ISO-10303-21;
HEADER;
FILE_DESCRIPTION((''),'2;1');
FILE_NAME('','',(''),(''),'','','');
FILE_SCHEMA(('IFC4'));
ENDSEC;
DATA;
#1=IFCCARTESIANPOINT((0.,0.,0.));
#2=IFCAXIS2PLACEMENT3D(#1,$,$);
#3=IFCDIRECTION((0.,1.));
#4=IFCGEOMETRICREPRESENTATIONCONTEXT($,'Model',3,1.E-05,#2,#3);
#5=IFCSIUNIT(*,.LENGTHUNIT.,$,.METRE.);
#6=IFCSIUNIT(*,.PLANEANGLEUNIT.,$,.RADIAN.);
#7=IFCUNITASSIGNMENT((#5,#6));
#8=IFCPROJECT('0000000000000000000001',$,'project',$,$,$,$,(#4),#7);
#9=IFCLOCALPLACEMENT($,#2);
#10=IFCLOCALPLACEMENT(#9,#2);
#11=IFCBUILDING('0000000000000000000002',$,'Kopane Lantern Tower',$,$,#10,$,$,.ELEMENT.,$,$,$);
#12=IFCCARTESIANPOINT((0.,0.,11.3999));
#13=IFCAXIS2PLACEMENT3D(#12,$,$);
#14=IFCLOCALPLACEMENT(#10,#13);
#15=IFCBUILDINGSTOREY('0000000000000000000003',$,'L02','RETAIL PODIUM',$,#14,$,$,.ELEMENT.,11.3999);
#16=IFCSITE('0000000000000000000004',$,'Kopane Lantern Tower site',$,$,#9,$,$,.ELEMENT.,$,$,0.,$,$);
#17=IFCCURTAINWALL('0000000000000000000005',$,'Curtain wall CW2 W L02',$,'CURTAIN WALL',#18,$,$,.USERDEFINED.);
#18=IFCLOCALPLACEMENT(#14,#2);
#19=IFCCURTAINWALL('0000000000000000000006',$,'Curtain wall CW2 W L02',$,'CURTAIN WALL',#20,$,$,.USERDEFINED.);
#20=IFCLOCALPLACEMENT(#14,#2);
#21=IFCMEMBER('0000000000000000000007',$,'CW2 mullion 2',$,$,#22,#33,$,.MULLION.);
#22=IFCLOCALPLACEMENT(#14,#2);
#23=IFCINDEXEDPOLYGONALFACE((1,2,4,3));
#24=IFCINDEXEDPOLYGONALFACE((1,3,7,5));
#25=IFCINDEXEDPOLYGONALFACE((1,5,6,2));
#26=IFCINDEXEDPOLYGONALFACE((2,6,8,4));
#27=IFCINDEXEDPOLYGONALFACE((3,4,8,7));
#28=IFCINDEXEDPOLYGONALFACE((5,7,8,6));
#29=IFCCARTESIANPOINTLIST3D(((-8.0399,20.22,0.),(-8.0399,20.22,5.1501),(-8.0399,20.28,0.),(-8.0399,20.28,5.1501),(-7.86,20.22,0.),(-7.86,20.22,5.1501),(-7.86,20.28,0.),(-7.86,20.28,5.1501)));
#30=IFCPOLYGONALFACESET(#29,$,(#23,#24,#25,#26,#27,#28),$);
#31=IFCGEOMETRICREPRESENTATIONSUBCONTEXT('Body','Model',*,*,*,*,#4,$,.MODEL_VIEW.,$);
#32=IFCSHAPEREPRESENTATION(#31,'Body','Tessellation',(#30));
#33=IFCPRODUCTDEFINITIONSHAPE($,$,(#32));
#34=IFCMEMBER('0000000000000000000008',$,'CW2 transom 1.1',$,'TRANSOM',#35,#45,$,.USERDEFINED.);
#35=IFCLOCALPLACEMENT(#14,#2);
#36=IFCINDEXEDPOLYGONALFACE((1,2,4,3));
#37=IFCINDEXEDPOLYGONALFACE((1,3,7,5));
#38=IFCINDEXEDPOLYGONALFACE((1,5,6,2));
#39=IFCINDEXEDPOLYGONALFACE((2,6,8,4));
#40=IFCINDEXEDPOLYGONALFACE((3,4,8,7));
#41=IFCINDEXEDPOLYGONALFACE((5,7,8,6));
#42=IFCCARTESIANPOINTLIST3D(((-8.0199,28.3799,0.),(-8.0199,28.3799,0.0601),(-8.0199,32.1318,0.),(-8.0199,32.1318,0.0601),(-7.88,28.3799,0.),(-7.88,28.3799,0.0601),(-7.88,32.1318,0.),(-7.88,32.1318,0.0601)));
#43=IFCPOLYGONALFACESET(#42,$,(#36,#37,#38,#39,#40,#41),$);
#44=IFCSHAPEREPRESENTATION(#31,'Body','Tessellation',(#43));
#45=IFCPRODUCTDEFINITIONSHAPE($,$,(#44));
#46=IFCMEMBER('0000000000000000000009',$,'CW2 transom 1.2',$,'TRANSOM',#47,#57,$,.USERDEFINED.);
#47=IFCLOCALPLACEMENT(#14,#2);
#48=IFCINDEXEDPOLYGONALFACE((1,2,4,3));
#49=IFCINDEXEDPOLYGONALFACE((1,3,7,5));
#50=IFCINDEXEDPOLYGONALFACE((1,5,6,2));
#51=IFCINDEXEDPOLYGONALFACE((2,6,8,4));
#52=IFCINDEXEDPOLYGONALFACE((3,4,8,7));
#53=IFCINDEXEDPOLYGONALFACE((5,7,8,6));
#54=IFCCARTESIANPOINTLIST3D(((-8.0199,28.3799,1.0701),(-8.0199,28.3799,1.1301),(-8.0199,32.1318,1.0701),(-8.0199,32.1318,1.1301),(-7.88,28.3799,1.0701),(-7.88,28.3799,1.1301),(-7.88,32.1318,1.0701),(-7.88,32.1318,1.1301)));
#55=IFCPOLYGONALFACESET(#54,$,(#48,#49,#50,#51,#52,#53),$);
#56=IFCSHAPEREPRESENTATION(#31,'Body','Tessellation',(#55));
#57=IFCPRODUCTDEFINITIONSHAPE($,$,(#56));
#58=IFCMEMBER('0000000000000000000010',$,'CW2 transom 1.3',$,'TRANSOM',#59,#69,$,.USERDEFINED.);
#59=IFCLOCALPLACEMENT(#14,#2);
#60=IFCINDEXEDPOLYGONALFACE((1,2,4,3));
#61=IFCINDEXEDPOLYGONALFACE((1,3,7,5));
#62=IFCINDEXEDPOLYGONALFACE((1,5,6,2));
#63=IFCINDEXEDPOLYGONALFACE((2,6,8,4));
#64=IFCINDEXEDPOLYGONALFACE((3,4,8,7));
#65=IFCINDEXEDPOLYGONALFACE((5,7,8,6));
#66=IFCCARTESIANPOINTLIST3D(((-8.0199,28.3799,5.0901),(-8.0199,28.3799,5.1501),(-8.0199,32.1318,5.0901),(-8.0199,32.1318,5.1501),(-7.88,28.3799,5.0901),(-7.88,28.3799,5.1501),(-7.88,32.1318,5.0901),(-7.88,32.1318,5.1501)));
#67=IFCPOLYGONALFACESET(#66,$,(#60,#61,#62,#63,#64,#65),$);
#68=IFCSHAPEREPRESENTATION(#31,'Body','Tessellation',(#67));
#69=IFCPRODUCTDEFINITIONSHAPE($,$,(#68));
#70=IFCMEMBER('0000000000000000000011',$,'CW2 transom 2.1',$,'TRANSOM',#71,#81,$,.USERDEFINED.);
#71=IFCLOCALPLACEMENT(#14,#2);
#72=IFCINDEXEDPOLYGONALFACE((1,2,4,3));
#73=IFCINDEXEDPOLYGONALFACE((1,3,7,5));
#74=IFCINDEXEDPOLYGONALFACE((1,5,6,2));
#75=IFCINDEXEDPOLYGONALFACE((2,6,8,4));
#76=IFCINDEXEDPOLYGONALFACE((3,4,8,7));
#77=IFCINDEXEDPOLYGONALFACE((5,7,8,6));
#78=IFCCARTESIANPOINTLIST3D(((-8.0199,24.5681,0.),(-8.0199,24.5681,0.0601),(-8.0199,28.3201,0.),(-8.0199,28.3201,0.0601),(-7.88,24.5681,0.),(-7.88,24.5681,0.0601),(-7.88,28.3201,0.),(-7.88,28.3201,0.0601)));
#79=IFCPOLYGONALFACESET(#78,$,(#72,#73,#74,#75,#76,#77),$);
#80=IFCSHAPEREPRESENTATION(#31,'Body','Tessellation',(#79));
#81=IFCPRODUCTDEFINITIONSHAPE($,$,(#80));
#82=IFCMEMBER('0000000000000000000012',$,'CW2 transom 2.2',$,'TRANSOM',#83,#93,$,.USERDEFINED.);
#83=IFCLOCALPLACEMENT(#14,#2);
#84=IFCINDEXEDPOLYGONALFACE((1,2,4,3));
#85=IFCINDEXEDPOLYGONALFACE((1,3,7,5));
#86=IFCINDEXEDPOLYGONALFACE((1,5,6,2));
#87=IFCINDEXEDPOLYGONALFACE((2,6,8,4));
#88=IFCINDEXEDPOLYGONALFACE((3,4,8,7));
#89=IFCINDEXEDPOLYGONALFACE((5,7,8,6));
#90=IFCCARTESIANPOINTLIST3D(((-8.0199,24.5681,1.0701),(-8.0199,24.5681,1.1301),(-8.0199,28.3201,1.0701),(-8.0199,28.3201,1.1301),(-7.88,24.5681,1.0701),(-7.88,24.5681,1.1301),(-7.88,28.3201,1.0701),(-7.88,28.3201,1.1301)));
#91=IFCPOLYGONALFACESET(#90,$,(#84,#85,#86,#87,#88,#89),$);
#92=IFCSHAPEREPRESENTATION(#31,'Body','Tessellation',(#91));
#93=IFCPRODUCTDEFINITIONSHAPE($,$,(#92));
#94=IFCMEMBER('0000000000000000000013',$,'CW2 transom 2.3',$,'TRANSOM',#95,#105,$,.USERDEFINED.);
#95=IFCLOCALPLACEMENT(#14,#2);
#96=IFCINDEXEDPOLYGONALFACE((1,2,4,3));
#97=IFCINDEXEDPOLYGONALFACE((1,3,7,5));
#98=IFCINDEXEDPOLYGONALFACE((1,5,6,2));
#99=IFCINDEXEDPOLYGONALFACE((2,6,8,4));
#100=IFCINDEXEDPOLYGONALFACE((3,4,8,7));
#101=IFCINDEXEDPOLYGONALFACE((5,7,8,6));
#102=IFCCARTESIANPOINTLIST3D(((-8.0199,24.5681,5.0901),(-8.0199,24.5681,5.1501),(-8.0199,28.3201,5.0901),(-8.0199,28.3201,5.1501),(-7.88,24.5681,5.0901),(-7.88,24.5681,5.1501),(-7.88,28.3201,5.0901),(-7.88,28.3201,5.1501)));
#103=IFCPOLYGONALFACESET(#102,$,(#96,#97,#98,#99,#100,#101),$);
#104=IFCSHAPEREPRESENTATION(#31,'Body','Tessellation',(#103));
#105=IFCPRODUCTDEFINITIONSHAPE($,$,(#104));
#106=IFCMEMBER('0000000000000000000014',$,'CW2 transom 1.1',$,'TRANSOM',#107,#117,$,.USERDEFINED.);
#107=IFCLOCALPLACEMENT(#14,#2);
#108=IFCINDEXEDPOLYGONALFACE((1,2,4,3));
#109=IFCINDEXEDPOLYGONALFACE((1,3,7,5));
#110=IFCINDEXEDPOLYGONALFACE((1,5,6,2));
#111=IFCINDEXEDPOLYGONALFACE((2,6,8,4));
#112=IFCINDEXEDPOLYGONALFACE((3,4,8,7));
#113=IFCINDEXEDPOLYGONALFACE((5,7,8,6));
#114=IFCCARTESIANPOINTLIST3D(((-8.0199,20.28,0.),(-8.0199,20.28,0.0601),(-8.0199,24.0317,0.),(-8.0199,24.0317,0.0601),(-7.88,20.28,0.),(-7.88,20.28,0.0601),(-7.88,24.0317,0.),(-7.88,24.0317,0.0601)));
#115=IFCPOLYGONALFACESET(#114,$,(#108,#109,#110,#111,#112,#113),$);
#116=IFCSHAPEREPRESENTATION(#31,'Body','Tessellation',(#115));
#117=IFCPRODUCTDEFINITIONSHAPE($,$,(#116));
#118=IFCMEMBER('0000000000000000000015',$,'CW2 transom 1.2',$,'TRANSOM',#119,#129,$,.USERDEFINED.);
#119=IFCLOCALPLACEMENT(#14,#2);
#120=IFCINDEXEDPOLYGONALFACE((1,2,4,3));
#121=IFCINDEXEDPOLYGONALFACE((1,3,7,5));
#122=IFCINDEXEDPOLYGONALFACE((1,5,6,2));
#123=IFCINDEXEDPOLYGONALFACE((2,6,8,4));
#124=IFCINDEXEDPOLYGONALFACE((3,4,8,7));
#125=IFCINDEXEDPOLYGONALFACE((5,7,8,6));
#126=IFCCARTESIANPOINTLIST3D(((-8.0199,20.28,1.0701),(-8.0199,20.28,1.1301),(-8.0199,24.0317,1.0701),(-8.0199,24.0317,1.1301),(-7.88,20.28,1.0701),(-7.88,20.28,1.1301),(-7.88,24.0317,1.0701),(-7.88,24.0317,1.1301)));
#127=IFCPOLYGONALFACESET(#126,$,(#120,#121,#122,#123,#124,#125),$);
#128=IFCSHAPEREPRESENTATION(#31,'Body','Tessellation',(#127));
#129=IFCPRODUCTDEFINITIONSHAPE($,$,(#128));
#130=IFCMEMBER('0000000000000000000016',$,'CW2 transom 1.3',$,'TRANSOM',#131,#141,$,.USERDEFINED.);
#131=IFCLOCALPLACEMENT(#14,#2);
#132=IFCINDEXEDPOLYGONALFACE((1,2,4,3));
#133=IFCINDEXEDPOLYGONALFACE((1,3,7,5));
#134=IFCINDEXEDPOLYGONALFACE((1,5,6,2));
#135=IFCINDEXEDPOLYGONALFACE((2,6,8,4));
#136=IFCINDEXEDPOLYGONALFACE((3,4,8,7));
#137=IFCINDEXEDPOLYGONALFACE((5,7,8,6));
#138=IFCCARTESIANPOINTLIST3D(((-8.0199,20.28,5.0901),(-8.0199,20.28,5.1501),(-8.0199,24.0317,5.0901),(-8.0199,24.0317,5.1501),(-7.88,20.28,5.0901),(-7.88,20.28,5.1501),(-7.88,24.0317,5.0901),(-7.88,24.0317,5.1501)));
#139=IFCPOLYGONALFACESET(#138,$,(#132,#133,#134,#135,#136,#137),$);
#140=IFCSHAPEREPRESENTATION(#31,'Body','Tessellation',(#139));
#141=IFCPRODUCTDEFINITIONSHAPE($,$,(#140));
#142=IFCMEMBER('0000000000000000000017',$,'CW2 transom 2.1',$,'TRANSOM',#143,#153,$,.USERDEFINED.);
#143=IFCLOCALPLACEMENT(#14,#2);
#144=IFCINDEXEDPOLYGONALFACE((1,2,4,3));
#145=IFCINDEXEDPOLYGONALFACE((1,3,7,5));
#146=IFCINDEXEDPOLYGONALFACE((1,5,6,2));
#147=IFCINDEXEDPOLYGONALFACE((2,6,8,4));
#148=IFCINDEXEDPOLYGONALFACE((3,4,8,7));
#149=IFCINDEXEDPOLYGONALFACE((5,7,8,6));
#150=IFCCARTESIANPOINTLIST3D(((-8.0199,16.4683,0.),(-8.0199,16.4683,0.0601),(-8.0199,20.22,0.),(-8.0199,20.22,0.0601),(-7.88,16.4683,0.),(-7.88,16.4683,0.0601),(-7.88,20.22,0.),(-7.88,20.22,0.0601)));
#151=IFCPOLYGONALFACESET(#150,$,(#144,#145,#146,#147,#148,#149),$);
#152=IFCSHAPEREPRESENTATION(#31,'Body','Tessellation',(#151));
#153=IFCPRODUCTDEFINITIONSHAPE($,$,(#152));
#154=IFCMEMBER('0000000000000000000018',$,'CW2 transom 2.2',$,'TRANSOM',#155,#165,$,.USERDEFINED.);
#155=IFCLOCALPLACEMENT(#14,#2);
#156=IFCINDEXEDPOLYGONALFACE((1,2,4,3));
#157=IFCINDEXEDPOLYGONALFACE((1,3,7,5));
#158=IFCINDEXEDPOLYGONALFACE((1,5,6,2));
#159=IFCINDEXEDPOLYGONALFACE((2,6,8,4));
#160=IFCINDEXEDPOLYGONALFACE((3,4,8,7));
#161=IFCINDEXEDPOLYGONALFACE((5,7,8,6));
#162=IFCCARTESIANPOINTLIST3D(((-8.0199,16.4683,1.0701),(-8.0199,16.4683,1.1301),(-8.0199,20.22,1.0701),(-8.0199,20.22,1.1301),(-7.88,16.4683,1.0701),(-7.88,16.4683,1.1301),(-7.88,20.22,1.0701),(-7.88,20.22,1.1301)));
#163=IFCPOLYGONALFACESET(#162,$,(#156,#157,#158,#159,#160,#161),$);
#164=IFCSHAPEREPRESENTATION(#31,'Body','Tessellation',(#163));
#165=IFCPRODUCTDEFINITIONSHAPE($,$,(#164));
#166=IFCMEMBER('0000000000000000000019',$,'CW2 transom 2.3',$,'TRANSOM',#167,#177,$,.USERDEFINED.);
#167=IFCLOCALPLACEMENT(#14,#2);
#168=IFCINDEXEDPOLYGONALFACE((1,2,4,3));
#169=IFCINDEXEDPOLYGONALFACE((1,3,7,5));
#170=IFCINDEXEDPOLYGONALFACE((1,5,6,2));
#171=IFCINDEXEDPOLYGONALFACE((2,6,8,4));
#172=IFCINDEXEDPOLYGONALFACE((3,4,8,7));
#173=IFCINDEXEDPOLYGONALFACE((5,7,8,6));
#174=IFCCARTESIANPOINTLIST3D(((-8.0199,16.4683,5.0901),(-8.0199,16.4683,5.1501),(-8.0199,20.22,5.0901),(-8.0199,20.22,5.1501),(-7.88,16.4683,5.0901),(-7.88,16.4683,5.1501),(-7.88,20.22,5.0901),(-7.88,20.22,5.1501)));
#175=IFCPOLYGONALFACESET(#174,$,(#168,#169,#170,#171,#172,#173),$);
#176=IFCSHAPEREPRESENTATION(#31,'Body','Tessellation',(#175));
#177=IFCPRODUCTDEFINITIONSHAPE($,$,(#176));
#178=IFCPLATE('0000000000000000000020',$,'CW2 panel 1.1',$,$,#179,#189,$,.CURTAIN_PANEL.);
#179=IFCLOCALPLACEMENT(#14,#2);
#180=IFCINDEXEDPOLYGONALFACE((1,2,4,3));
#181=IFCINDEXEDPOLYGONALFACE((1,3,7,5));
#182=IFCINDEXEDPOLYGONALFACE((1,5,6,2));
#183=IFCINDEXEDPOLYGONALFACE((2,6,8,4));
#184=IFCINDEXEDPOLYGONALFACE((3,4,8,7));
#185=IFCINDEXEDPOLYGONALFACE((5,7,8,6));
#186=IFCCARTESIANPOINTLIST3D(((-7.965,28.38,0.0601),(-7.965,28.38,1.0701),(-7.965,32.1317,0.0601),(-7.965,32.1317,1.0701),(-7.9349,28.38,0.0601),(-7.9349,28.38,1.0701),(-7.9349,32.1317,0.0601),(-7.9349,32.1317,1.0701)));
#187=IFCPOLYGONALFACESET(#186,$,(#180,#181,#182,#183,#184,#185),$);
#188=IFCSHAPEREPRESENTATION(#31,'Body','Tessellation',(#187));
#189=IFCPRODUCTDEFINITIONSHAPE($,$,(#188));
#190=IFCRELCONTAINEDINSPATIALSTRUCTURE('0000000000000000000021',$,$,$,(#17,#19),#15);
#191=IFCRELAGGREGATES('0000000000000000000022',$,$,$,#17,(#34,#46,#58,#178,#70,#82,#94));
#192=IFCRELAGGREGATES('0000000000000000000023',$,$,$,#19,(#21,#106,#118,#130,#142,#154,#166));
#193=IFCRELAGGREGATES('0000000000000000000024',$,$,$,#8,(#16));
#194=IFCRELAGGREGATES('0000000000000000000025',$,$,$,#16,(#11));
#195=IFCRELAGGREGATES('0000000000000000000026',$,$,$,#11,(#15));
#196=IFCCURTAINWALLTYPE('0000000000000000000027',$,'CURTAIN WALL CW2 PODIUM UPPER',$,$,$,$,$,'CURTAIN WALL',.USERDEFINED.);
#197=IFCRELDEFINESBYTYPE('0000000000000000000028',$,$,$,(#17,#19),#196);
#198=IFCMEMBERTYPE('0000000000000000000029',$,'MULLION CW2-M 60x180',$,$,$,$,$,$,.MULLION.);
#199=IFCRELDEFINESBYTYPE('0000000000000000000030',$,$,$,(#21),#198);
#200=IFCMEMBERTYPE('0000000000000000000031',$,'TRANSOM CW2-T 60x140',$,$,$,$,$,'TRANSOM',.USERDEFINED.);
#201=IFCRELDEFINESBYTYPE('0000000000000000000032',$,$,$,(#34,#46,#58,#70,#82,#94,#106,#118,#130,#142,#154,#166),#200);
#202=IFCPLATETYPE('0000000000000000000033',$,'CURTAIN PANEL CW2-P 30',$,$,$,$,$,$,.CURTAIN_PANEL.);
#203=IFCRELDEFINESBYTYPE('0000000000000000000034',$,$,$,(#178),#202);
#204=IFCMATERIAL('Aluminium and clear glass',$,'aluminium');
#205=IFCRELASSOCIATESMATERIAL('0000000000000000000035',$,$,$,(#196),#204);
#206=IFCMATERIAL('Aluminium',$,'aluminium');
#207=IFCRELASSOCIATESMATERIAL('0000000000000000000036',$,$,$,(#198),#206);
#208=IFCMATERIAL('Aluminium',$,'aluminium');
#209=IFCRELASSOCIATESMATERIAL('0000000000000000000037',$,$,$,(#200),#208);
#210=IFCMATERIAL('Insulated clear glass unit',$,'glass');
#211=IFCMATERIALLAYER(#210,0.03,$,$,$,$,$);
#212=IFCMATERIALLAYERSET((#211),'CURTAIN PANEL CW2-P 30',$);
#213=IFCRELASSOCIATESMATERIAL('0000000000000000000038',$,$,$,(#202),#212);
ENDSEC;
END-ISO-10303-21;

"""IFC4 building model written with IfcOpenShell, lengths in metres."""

from ifc_helpers import new_model, si_unit, direction, frame, origin, origin_2d, place, context, subcontext, project, spatial, rectangle, extrude, material, layer, layer_set, material_profile, profile_set, type_object, element, aggregate, save


model = new_model("IFC4")

# Units and contexts
model_context = context("Model", 3, precision=1e-05, world=origin(), true_north=direction((0.0, 1.0)))
body_context = subcontext(model_context, "Body", "Model", "MODEL_VIEW")
ifc_project = project(units=[si_unit("LENGTHUNIT", "METRE"), si_unit("PLANEANGLEUNIT", "RADIAN")], contexts=[model_context])

# Site, building, storey
site_placement = place(None, origin())
site = spatial("IfcSite", under=ifc_project, at=site_placement, Name="Kopane Lantern Tower site", CompositionType="ELEMENT", RefElevation=0.0)
building_placement = place(site_placement, origin())
building = spatial("IfcBuilding", under=site, at=building_placement, Name="Kopane Lantern Tower", CompositionType="ELEMENT")
storey_placement = place(building_placement, frame((0.0, 0.0, 11.3999)))
storey = spatial("IfcBuildingStorey", under=building, at=storey_placement, Name="L02", Description="RETAIL PODIUM", CompositionType="ELEMENT", Elevation=11.3999)

# Curtain walls, member
ifc_material_1 = material(Name="Aluminium and clear glass", Category="aluminium")
curtain_wall_type = type_object("IfcCurtainWallType", Name="CURTAIN WALL CW2 PODIUM UPPER", ElementType="CURTAIN WALL", PredefinedType="USERDEFINED", material=ifc_material_1)
curtain_wall_1_placement = place(storey_placement, origin())
curtain_wall_1 = element("IfcCurtainWall", 1, at=curtain_wall_1_placement, inside=storey, type_object=curtain_wall_type, Name="Curtain wall CW2 W L02", ObjectType="CURTAIN WALL", PredefinedType="USERDEFINED")
ifc_material_2 = material(Name="Aluminium", Category="aluminium")
ifc_material_profile_1 = material_profile(ifc_material_2, rectangle(XDim=0.0601, YDim=0.1799, at=origin_2d()), Name="AL 60x180")
ifc_profile_set_1 = profile_set([ifc_material_profile_1], Name="Aluminium")
member_type_1 = type_object("IfcMemberType", Name="MULLION CW2-M 60x180", PredefinedType="MULLION", material=ifc_profile_set_1)
curtain_wall_2_placement = place(storey_placement, origin())
curtain_wall_2 = element("IfcCurtainWall", 2, at=curtain_wall_2_placement, inside=storey, type_object=curtain_wall_type, Name="Curtain wall CW2 W L02", ObjectType="CURTAIN WALL", PredefinedType="USERDEFINED")
member_1_placement = place(storey_placement, frame((-7.95, 20.25, 0.0), z_axis=(0.0, 0.0, 1.0), x_axis=(0.0, -1.0, 0.0)))
member_1 = element("IfcMember", 3, at=member_1_placement, type_object=member_type_1, Name="CW2 mullion 2", PredefinedType="MULLION", context=body_context, shape_type="SweptSolid", body=[
    extrude(rectangle(XDim=0.0601, YDim=0.1799, at=origin_2d()), origin(), (0.0, 0.0, 1.0), 5.1501),
])

# Members
ifc_material_3 = material(Name="Aluminium", Category="aluminium")
ifc_material_profile_2 = material_profile(ifc_material_3, rectangle(XDim=0.1399, YDim=0.0601, at=origin_2d()), Name="AL 140x60")
ifc_profile_set_2 = profile_set([ifc_material_profile_2], Name="Aluminium")
member_type_2 = type_object("IfcMemberType", Name="TRANSOM CW2-T 60x140", ElementType="TRANSOM", PredefinedType="USERDEFINED", material=ifc_profile_set_2)
member_2_placement = place(storey_placement, frame((-7.95, 32.1318, 0.03), z_axis=(0.0, -1.0, 0.0), x_axis=(1.0, 0.0, 0.0)))
member_2 = element("IfcMember", 4, at=member_2_placement, type_object=member_type_2, Name="CW2 transom 1.1", ObjectType="TRANSOM", PredefinedType="USERDEFINED", context=body_context, shape_type="SweptSolid", body=[
    extrude(rectangle(XDim=0.1399, YDim=0.0601, at=origin_2d()), origin(), (0.0, 0.0, 1.0), 3.752),
])
member_3_placement = place(storey_placement, frame((-7.95, 32.1318, 1.1001), z_axis=(0.0, -1.0, 0.0), x_axis=(1.0, 0.0, 0.0)))
member_3 = element("IfcMember", 5, at=member_3_placement, type_object=member_type_2, Name="CW2 transom 1.2", ObjectType="TRANSOM", PredefinedType="USERDEFINED", context=body_context, shape_type="SweptSolid", body=[
    extrude(rectangle(XDim=0.1399, YDim=0.0601, at=origin_2d()), origin(), (0.0, 0.0, 1.0), 3.752),
])
member_4_placement = place(storey_placement, frame((-7.95, 32.1318, 5.1201), z_axis=(0.0, -1.0, 0.0), x_axis=(1.0, 0.0, 0.0)))
member_4 = element("IfcMember", 6, at=member_4_placement, type_object=member_type_2, Name="CW2 transom 1.3", ObjectType="TRANSOM", PredefinedType="USERDEFINED", context=body_context, shape_type="SweptSolid", body=[
    extrude(rectangle(XDim=0.1399, YDim=0.0601, at=origin_2d()), origin(), (0.0, 0.0, 1.0), 3.752),
])
member_5_placement = place(storey_placement, frame((-7.95, 28.3201, 0.03), z_axis=(0.0, -1.0, 0.0), x_axis=(1.0, 0.0, 0.0)))
member_5 = element("IfcMember", 7, at=member_5_placement, type_object=member_type_2, Name="CW2 transom 2.1", ObjectType="TRANSOM", PredefinedType="USERDEFINED", context=body_context, shape_type="SweptSolid", body=[
    extrude(rectangle(XDim=0.1399, YDim=0.0601, at=origin_2d()), origin(), (0.0, 0.0, 1.0), 3.752),
])
member_6_placement = place(storey_placement, frame((-7.95, 28.3201, 1.1001), z_axis=(0.0, -1.0, 0.0), x_axis=(1.0, 0.0, 0.0)))
member_6 = element("IfcMember", 8, at=member_6_placement, type_object=member_type_2, Name="CW2 transom 2.2", ObjectType="TRANSOM", PredefinedType="USERDEFINED", context=body_context, shape_type="SweptSolid", body=[
    extrude(rectangle(XDim=0.1399, YDim=0.0601, at=origin_2d()), origin(), (0.0, 0.0, 1.0), 3.752),
])
member_7_placement = place(storey_placement, frame((-7.95, 28.3201, 5.1201), z_axis=(0.0, -1.0, 0.0), x_axis=(1.0, 0.0, 0.0)))
member_7 = element("IfcMember", 9, at=member_7_placement, type_object=member_type_2, Name="CW2 transom 2.3", ObjectType="TRANSOM", PredefinedType="USERDEFINED", context=body_context, shape_type="SweptSolid", body=[
    extrude(rectangle(XDim=0.1399, YDim=0.0601, at=origin_2d()), origin(), (0.0, 0.0, 1.0), 3.752),
])
member_8_placement = place(storey_placement, frame((-7.95, 24.0317, 0.03), z_axis=(0.0, -1.0, 0.0), x_axis=(1.0, 0.0, 0.0)))
member_8 = element("IfcMember", 10, at=member_8_placement, type_object=member_type_2, Name="CW2 transom 1.1", ObjectType="TRANSOM", PredefinedType="USERDEFINED", context=body_context, shape_type="SweptSolid", body=[
    extrude(rectangle(XDim=0.1399, YDim=0.0601, at=origin_2d()), origin(), (0.0, 0.0, 1.0), 3.7517),
])
member_9_placement = place(storey_placement, frame((-7.95, 24.0317, 1.1001), z_axis=(0.0, -1.0, 0.0), x_axis=(1.0, 0.0, 0.0)))
member_9 = element("IfcMember", 11, at=member_9_placement, type_object=member_type_2, Name="CW2 transom 1.2", ObjectType="TRANSOM", PredefinedType="USERDEFINED", context=body_context, shape_type="SweptSolid", body=[
    extrude(rectangle(XDim=0.1399, YDim=0.0601, at=origin_2d()), origin(), (0.0, 0.0, 1.0), 3.7517),
])
member_10_placement = place(storey_placement, frame((-7.95, 24.0317, 5.1201), z_axis=(0.0, -1.0, 0.0), x_axis=(1.0, 0.0, 0.0)))
member_10 = element("IfcMember", 12, at=member_10_placement, type_object=member_type_2, Name="CW2 transom 1.3", ObjectType="TRANSOM", PredefinedType="USERDEFINED", context=body_context, shape_type="SweptSolid", body=[
    extrude(rectangle(XDim=0.1399, YDim=0.0601, at=origin_2d()), origin(), (0.0, 0.0, 1.0), 3.7517),
])
member_11_placement = place(storey_placement, frame((-7.95, 20.22, 0.03), z_axis=(0.0, -1.0, 0.0), x_axis=(1.0, 0.0, 0.0)))
member_11 = element("IfcMember", 13, at=member_11_placement, type_object=member_type_2, Name="CW2 transom 2.1", ObjectType="TRANSOM", PredefinedType="USERDEFINED", context=body_context, shape_type="SweptSolid", body=[
    extrude(rectangle(XDim=0.1399, YDim=0.0601, at=origin_2d()), origin(), (0.0, 0.0, 1.0), 3.7517),
])
member_12_placement = place(storey_placement, frame((-7.95, 20.22, 1.1001), z_axis=(0.0, -1.0, 0.0), x_axis=(1.0, 0.0, 0.0)))
member_12 = element("IfcMember", 14, at=member_12_placement, type_object=member_type_2, Name="CW2 transom 2.2", ObjectType="TRANSOM", PredefinedType="USERDEFINED", context=body_context, shape_type="SweptSolid", body=[
    extrude(rectangle(XDim=0.1399, YDim=0.0601, at=origin_2d()), origin(), (0.0, 0.0, 1.0), 3.7517),
])
member_13_placement = place(storey_placement, frame((-7.95, 20.22, 5.1201), z_axis=(0.0, -1.0, 0.0), x_axis=(1.0, 0.0, 0.0)))
member_13 = element("IfcMember", 15, at=member_13_placement, type_object=member_type_2, Name="CW2 transom 2.3", ObjectType="TRANSOM", PredefinedType="USERDEFINED", context=body_context, shape_type="SweptSolid", body=[
    extrude(rectangle(XDim=0.1399, YDim=0.0601, at=origin_2d()), origin(), (0.0, 0.0, 1.0), 3.7517),
])

# Plate
ifc_material_4 = material(Name="Insulated clear glass unit", Category="glass")
ifc_layer_1 = layer(ifc_material_4, 0.03)
ifc_layer_set_1 = layer_set([ifc_layer_1], Name="CURTAIN PANEL CW2-P 30")
plate_type = type_object("IfcPlateType", Name="CURTAIN PANEL CW2-P 30", PredefinedType="CURTAIN_PANEL", material=ifc_layer_set_1)
plate_1_placement = place(storey_placement, frame((-7.95, 30.2559, 0.0601), z_axis=(0.0, 0.0, 1.0), x_axis=(0.0, -1.0, 0.0)))
plate_1 = element("IfcPlate", 16, at=plate_1_placement, type_object=plate_type, Name="CW2 panel 1.1", PredefinedType="CURTAIN_PANEL", context=body_context, shape_type="SweptSolid", body=[
    extrude(rectangle(XDim=3.7517, YDim=0.03, at=origin_2d()), origin(), (0.0, 0.0, 1.0), 1.01),
])
aggregate(curtain_wall_1, [member_2, member_3, member_4, plate_1, member_5, member_6, member_7])
aggregate(curtain_wall_2, [member_1, member_8, member_9, member_10, member_11, member_12, member_13])

save(model, "model.ifc")
